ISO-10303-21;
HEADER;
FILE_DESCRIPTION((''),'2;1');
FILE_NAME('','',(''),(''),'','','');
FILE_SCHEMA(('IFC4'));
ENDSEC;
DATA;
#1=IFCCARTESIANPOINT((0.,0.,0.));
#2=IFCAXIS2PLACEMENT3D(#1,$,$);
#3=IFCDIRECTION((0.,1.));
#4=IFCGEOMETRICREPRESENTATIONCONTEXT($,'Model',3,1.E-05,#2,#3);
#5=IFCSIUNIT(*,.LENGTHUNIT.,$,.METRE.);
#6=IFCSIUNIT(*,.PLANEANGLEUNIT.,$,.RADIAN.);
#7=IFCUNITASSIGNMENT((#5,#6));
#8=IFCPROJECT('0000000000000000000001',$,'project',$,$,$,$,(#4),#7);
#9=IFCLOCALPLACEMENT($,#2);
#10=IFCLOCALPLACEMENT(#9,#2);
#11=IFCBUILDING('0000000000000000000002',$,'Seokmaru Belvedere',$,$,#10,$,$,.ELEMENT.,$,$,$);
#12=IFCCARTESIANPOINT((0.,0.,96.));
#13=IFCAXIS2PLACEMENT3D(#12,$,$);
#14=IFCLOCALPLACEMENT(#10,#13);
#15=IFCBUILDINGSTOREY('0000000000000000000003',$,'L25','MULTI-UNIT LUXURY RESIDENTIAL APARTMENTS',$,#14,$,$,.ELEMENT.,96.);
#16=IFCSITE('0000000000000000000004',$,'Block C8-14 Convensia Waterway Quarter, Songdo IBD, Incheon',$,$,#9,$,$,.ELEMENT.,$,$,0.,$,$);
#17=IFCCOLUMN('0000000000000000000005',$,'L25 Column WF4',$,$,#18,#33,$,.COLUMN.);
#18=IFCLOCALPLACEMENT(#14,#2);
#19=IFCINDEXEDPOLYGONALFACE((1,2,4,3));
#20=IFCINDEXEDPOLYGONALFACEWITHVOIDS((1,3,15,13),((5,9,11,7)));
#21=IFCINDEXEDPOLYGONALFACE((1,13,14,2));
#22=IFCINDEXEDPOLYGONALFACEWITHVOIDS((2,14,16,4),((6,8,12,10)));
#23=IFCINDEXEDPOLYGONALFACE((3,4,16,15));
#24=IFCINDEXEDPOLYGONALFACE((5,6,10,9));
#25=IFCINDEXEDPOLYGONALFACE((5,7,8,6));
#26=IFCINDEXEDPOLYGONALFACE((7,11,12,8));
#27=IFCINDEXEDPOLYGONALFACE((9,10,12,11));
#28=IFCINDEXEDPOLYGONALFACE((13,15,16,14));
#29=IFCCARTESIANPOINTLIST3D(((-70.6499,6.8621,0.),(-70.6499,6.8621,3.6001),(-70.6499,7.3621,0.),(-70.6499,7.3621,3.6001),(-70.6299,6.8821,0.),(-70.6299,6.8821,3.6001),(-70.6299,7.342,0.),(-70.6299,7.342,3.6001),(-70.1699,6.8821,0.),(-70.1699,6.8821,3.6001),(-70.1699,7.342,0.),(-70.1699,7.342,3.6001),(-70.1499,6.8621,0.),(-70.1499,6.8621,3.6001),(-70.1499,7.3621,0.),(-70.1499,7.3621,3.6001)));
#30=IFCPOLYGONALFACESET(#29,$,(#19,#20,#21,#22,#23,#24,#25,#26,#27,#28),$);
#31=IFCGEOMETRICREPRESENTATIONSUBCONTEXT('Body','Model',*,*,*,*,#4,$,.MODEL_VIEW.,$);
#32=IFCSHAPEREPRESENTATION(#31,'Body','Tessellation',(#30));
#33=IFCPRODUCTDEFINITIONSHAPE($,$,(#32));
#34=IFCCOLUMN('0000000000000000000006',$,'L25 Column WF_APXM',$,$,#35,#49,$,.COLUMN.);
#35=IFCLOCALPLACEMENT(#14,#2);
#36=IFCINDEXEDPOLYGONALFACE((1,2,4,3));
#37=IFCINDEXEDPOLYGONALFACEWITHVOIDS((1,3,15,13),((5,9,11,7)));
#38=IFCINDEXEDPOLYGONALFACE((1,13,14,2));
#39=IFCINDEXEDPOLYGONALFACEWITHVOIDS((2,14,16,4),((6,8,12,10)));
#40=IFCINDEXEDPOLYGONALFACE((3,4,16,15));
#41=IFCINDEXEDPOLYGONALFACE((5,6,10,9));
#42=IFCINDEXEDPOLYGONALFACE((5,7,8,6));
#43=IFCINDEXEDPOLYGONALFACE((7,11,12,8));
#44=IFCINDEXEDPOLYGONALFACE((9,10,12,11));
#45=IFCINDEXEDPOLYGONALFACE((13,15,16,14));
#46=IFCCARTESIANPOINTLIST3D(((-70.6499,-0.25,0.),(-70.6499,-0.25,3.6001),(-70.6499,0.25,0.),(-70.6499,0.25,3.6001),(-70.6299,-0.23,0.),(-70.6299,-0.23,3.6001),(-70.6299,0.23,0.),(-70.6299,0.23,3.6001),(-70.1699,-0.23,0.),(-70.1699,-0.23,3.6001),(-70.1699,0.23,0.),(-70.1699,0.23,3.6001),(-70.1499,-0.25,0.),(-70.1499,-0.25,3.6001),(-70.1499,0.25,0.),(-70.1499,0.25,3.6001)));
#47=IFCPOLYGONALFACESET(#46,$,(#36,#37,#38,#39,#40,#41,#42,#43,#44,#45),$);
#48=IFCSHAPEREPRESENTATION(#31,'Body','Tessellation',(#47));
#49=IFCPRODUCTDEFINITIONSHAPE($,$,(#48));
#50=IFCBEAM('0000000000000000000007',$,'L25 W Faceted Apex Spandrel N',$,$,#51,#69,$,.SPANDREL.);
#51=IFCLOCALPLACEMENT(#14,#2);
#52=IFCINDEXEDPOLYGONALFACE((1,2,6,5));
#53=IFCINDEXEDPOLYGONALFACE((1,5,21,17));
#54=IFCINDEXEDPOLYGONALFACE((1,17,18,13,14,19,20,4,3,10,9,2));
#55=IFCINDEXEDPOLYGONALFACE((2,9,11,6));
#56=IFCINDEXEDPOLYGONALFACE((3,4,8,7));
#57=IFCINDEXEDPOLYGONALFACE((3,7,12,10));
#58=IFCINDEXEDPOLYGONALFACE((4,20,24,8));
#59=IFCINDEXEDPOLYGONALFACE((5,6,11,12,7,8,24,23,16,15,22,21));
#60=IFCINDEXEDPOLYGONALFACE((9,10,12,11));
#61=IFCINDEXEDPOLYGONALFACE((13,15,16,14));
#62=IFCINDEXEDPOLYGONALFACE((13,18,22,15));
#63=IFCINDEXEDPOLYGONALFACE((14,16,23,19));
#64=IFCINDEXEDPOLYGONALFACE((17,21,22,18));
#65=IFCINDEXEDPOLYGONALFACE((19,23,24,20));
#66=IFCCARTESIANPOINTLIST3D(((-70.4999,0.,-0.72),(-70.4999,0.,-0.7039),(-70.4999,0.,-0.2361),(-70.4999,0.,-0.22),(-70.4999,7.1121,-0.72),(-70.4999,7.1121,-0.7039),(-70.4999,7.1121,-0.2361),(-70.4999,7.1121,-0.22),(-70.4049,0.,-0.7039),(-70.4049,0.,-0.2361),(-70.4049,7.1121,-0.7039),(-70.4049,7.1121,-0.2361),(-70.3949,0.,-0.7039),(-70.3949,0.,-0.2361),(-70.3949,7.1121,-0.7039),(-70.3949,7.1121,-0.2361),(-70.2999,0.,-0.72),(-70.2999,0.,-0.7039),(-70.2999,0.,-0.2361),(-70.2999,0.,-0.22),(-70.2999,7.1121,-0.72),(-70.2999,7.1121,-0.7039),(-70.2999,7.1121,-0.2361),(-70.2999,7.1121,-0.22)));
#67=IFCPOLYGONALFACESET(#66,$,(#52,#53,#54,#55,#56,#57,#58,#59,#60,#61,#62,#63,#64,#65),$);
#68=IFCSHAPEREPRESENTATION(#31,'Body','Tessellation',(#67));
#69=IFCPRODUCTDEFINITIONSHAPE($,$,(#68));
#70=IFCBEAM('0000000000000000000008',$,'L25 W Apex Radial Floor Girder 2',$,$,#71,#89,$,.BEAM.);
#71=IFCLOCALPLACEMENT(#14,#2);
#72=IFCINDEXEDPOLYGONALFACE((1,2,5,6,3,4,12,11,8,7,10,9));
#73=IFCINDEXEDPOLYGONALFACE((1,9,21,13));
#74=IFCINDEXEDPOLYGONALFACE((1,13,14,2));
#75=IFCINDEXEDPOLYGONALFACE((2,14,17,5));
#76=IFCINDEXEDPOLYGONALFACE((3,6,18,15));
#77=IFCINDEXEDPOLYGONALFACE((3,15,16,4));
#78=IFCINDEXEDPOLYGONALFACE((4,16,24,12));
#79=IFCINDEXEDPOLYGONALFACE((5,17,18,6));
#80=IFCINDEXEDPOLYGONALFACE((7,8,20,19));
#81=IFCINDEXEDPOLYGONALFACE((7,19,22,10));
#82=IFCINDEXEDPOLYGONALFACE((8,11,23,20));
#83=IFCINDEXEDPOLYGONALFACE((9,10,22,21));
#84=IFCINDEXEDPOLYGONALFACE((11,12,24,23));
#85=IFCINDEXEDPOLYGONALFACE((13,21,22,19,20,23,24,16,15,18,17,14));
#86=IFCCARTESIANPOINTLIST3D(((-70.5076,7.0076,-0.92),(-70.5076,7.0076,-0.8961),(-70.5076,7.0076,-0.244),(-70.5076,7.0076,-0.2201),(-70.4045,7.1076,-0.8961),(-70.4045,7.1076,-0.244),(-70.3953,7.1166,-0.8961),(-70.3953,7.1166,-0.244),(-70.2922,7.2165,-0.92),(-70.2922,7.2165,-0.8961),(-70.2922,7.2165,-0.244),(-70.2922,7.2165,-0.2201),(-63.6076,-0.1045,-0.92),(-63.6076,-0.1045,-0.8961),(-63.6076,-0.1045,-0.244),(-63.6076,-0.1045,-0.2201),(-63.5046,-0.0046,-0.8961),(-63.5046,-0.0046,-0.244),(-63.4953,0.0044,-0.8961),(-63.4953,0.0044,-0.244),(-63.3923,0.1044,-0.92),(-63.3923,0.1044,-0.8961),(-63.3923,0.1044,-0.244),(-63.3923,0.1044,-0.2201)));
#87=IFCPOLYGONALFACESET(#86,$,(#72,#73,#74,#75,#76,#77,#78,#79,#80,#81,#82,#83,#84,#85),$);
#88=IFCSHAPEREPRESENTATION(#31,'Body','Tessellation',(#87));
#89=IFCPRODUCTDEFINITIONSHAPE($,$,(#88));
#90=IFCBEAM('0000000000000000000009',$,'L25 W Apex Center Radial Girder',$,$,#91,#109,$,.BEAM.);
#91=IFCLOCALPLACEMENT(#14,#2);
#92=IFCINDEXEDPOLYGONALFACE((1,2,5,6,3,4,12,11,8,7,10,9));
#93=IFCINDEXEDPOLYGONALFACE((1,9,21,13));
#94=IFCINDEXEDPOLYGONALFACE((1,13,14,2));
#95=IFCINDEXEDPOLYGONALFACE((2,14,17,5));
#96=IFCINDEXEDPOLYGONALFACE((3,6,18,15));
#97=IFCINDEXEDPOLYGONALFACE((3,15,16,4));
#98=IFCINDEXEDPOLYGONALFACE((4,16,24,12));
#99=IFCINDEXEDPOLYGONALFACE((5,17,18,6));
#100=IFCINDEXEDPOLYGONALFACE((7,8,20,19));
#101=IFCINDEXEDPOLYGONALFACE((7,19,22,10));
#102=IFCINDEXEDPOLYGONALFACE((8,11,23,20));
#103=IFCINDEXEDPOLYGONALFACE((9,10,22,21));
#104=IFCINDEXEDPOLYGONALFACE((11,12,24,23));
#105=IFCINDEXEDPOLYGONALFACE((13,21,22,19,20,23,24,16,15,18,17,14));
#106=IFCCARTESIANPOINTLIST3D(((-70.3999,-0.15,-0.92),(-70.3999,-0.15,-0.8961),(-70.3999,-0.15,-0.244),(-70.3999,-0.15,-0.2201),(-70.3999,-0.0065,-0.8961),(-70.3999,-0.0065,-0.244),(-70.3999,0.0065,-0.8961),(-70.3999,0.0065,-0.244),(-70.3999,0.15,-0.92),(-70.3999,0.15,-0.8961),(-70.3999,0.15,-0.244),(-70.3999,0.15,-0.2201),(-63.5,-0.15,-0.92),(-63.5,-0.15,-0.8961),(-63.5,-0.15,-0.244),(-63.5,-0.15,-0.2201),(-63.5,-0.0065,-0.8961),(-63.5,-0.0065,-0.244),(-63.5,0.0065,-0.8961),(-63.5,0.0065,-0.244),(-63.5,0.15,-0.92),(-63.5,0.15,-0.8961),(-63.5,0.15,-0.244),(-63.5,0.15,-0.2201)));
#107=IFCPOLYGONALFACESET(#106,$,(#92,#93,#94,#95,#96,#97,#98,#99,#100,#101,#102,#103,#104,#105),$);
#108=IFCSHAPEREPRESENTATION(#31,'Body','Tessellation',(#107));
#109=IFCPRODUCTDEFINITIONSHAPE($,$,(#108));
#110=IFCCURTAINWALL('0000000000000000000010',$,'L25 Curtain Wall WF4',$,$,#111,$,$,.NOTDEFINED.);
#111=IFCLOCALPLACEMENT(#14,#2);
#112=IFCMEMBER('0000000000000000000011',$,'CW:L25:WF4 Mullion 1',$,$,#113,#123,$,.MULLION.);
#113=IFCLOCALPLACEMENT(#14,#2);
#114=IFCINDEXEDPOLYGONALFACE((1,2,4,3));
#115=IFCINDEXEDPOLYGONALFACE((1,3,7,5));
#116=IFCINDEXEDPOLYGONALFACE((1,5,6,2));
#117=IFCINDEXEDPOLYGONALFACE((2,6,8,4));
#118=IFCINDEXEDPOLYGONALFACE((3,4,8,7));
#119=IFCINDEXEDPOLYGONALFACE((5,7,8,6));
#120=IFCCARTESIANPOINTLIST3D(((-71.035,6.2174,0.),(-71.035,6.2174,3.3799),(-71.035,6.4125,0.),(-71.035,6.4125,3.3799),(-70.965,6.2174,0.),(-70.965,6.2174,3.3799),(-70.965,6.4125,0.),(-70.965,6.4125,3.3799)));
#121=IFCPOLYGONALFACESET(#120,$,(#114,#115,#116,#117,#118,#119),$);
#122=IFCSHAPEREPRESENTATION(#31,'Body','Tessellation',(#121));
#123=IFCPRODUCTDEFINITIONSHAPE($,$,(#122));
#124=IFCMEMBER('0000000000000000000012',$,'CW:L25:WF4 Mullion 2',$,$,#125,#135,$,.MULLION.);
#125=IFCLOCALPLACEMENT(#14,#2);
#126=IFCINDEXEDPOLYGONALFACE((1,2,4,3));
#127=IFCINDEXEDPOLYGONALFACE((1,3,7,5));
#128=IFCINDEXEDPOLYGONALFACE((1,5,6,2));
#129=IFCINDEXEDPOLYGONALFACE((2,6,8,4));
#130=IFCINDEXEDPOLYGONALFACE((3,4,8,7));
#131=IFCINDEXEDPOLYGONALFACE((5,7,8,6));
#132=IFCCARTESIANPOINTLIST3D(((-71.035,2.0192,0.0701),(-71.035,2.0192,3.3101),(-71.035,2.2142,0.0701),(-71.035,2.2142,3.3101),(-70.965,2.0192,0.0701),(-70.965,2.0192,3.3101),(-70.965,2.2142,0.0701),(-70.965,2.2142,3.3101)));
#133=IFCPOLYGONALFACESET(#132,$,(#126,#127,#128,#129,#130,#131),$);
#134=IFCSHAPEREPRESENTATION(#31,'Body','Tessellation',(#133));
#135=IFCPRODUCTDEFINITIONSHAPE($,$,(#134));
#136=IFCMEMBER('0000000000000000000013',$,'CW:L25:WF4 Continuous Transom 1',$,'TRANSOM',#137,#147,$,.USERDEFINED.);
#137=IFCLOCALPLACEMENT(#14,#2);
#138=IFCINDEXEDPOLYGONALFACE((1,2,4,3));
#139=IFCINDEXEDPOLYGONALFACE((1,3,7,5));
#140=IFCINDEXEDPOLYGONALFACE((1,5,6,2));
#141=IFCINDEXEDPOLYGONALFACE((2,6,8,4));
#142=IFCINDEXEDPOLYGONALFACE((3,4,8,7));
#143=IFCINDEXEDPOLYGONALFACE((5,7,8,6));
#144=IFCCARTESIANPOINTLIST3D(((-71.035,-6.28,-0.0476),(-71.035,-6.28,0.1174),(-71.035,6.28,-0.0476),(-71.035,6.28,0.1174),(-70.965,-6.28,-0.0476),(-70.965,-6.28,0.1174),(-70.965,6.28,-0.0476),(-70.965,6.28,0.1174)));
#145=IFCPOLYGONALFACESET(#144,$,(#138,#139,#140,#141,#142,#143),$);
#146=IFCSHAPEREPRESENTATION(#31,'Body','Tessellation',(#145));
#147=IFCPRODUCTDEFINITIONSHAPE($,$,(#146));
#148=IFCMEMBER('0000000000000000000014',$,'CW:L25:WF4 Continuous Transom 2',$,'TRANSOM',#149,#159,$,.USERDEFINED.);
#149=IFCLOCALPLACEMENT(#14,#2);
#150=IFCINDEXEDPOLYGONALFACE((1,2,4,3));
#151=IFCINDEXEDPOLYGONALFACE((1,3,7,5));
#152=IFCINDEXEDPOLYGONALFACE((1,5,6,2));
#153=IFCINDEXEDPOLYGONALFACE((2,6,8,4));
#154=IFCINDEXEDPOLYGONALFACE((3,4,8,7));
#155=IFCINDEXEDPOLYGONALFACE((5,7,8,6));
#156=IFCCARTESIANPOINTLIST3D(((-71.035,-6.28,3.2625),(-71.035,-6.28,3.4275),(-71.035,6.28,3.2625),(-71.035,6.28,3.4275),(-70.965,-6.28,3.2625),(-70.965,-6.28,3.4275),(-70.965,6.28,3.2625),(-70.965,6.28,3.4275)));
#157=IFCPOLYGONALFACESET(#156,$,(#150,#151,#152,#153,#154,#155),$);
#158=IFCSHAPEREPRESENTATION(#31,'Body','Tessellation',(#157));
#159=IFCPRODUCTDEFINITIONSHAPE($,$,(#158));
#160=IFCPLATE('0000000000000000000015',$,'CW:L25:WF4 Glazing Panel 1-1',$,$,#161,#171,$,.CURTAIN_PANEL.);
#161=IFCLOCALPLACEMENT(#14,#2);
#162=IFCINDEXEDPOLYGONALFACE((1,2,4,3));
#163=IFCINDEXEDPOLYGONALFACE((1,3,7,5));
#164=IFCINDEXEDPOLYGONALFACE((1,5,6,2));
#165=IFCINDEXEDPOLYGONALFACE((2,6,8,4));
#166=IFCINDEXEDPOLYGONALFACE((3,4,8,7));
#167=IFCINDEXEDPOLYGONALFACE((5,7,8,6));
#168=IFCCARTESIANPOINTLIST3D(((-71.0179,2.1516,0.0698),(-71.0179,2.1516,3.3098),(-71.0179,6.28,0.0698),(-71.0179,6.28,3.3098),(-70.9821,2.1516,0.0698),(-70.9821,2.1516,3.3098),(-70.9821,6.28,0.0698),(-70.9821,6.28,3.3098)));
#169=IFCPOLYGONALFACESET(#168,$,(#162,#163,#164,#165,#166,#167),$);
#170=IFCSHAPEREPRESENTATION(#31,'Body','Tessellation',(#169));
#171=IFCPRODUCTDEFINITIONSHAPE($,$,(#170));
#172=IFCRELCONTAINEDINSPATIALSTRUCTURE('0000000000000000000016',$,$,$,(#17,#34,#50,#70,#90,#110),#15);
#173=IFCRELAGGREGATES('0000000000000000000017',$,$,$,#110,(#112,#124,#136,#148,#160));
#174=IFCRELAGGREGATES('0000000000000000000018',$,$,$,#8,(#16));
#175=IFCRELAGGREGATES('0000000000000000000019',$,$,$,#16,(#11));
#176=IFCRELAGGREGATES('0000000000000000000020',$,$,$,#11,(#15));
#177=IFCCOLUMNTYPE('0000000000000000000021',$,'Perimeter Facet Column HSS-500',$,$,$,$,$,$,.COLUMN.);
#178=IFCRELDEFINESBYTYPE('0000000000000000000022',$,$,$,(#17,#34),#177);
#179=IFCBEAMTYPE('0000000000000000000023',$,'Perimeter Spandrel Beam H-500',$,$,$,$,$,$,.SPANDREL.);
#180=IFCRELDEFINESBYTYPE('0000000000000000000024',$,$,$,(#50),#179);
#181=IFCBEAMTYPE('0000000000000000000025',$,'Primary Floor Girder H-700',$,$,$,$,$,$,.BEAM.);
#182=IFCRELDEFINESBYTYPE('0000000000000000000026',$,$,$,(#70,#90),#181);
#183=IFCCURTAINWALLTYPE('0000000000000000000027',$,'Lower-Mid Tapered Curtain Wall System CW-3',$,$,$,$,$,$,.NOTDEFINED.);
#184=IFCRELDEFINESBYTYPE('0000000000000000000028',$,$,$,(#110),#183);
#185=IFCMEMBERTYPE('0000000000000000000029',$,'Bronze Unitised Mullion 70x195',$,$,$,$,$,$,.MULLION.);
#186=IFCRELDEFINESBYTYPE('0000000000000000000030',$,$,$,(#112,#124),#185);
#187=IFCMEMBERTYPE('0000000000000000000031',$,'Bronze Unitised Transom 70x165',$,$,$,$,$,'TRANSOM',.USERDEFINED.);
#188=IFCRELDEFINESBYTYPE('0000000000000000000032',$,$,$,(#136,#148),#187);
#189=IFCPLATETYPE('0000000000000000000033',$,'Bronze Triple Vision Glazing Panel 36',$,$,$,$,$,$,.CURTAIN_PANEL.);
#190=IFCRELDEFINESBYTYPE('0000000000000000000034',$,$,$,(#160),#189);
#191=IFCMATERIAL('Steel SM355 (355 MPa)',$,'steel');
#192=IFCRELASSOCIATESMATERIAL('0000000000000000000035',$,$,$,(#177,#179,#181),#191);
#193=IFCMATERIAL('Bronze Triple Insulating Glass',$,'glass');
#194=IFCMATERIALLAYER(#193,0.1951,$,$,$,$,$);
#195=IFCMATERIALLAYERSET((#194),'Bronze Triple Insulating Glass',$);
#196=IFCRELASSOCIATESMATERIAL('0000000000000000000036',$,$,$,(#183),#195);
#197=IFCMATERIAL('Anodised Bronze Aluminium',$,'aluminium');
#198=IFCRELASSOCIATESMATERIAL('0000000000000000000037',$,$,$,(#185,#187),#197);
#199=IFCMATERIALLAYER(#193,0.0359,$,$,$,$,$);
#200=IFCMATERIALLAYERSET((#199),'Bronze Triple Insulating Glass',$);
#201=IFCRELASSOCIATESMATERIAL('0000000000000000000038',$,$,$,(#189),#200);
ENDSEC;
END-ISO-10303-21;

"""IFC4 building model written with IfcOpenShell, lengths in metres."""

from ifc_helpers import new_model, si_unit, direction, frame, origin, origin_2d, place, context, subcontext, project, spatial, rectangle, hollow_rectangle, i_section, extrude, source, transform, mapped, material, layer, layer_set, material_profile, profile_set, type_object, type_shapes, element, aggregate, save


model = new_model("IFC4")

# Units and contexts
model_context = context("Model", 3, precision=1e-05, world=origin(), true_north=direction((0.0, 1.0)))
body_context = subcontext(model_context, "Body", "Model", "MODEL_VIEW")
ifc_project = project(units=[si_unit("LENGTHUNIT", "METRE"), si_unit("PLANEANGLEUNIT", "RADIAN")], contexts=[model_context])

# Site, building, storey
site_placement = place(None, origin())
site = spatial("IfcSite", under=ifc_project, at=site_placement, Name="Block C8-14 Convensia Waterway Quarter, Songdo IBD, Incheon", CompositionType="ELEMENT", RefElevation=0.0)
building_placement = place(site_placement, origin())
building = spatial("IfcBuilding", under=site, at=building_placement, Name="Seokmaru Belvedere", CompositionType="ELEMENT")
storey_placement = place(building_placement, frame((0.0, 0.0, 96.0)))
storey = spatial("IfcBuildingStorey", under=building, at=storey_placement, Name="L25", Description="MULTI-UNIT LUXURY RESIDENTIAL APARTMENTS", CompositionType="ELEMENT", Elevation=96.0)

# Columns
ifc_material_1 = material(Name="Steel SM355 (355 MPa)", Category="steel")
ifc_material_profile_1 = material_profile(ifc_material_1, hollow_rectangle(XDim=0.5, YDim=0.5, WallThickness=0.02, at=origin_2d()), Name="HSS-500x500x20")
ifc_profile_set_1 = profile_set([ifc_material_profile_1], Name="Steel SM355 (355 MPa)")
column_type = type_object("IfcColumnType", Name="Perimeter Facet Column HSS-500", PredefinedType="COLUMN", material=ifc_profile_set_1)
shared_shape_1 = source(origin(), body_context, "Body", "SweptSolid", [
    extrude(hollow_rectangle(XDim=0.5, YDim=0.5, WallThickness=0.02, at=origin_2d()), origin(), (0.0, 0.0, 1.0), 3.6001),
])
type_shapes(column_type, [shared_shape_1])
for number, where, z_axis, x_axis, name in (
    (1, (-70.3999, 7.1121, 0.0), (0.0, 0.0, 1.0), (1.0, 0.0, 0.0), "L25 Column WF4"),
    (2, (-70.3999, 0.0, 0.0), (0.0, 0.0, 1.0), (1.0, 0.0, 0.0), "L25 Column WF_APXM"),
):
    element("IfcColumn", number, at=place(storey_placement, frame(where, z_axis=z_axis, x_axis=x_axis)), inside=storey, type_object=column_type, Name=name, PredefinedType="COLUMN", context=body_context, shape_type="MappedRepresentation", body=[
        mapped(shared_shape_1, transform((0.0, 0.0, 0.0), scale=1.0)),
    ])

# Beams
ifc_material_profile_2 = material_profile(ifc_material_1, i_section(OverallWidth=0.2, OverallDepth=0.5, WebThickness=0.01, FlangeThickness=0.0161, at=origin_2d()), Name="H-500x200x10x16")
ifc_profile_set_2 = profile_set([ifc_material_profile_2], Name="Steel SM355 (355 MPa)")
beam_type_1 = type_object("IfcBeamType", Name="Perimeter Spandrel Beam H-500", PredefinedType="SPANDREL", material=ifc_profile_set_2)
shared_shape_2 = source(origin(), body_context, "Body", "SweptSolid", [
    extrude(i_section(OverallWidth=0.2, OverallDepth=0.5, WebThickness=0.01, FlangeThickness=0.0161, at=origin_2d()), origin(), (0.0, 0.0, 1.0), 7.1121),
])
type_shapes(beam_type_1, [shared_shape_2])
beam_1_placement = place(storey_placement, frame((-70.3999, 0.0, -0.47), z_axis=(0.0, 1.0, 0.0), x_axis=(-1.0, 0.0, 0.0)))
element("IfcBeam", 3, at=beam_1_placement, inside=storey, type_object=beam_type_1, Name="L25 W Faceted Apex Spandrel N", PredefinedType="SPANDREL", context=body_context, shape_type="MappedRepresentation", body=[
    mapped(shared_shape_2, transform((0.0, 0.0, 0.0), scale=1.0)),
])
ifc_material_profile_3 = material_profile(ifc_material_1, i_section(OverallWidth=0.3, OverallDepth=0.7, WebThickness=0.0129, FlangeThickness=0.0239, at=origin_2d()), Name="H-700x300x13x24")
ifc_profile_set_3 = profile_set([ifc_material_profile_3], Name="Steel SM355 (355 MPa)")
beam_type_2 = type_object("IfcBeamType", Name="Primary Floor Girder H-700", PredefinedType="BEAM", material=ifc_profile_set_3)
shared_shape_3 = source(origin(), body_context, "Body", "SweptSolid", [
    extrude(i_section(OverallWidth=0.3, OverallDepth=0.7, WebThickness=0.0129, FlangeThickness=0.0239, at=origin_2d()), origin(), (0.0, 0.0, 1.0), 9.9092),
])
beam_2_placement = place(storey_placement, frame((-70.3999, 7.1121, -0.5701), z_axis=(0.696321, -0.717731, 0.0), x_axis=(0.717731, 0.696321, 0.0)))
element("IfcBeam", 4, at=beam_2_placement, inside=storey, type_object=beam_type_2, Name="L25 W Apex Radial Floor Girder 2", PredefinedType="BEAM", context=body_context, shape_type="MappedRepresentation", body=[
    mapped(shared_shape_3, transform((0.0, 0.0, 0.0), scale=1.0)),
])
shared_shape_4 = source(origin(), body_context, "Body", "SweptSolid", [
    extrude(i_section(OverallWidth=0.3, OverallDepth=0.7, WebThickness=0.0129, FlangeThickness=0.0239, at=origin_2d()), origin(), (0.0, 0.0, 1.0), 6.8999),
])
type_shapes(beam_type_2, [shared_shape_3, shared_shape_4])
beam_3_placement = place(storey_placement, frame((-70.3999, 0.0, -0.5701), z_axis=(1.0, 0.0, 0.0), x_axis=(0.0, 1.0, 0.0)))
element("IfcBeam", 5, at=beam_3_placement, inside=storey, type_object=beam_type_2, Name="L25 W Apex Center Radial Girder", PredefinedType="BEAM", context=body_context, shape_type="MappedRepresentation", body=[
    mapped(shared_shape_4, transform((0.0, 0.0, 0.0), scale=1.0)),
])

# Curtain wall, members, plate
ifc_material_2 = material(Name="Bronze Triple Insulating Glass", Category="glass")
ifc_layer_1 = layer(ifc_material_2, 0.1951)
ifc_layer_set_1 = layer_set([ifc_layer_1], Name="Bronze Triple Insulating Glass")
curtain_wall_type = type_object("IfcCurtainWallType", Name="Lower-Mid Tapered Curtain Wall System CW-3", PredefinedType="NOTDEFINED", material=ifc_layer_set_1)
curtain_wall_placement = place(storey_placement, origin())
curtain_wall = element("IfcCurtainWall", 6, at=curtain_wall_placement, inside=storey, type_object=curtain_wall_type, Name="L25 Curtain Wall WF4", PredefinedType="NOTDEFINED")
ifc_material_3 = material(Name="Anodised Bronze Aluminium", Category="aluminium")
ifc_material_profile_4 = material_profile(ifc_material_3, rectangle(XDim=0.0701, YDim=0.1951, at=origin_2d()), Name="CW-M-70x195")
ifc_profile_set_4 = profile_set([ifc_material_profile_4], Name="Anodised Bronze Aluminium")
member_type_1 = type_object("IfcMemberType", Name="Bronze Unitised Mullion 70x195", PredefinedType="MULLION", material=ifc_profile_set_4)
shared_shape_5 = source(origin(), body_context, "Body", "SweptSolid", [
    extrude(rectangle(XDim=0.0701, YDim=0.1951, at=origin_2d()), origin(), (0.0, 0.0, 1.0), 3.3799),
])
member_1_placement = place(storey_placement, frame((-71.0, 6.3149, 0.0), z_axis=(0.0, 0.0, 1.0), x_axis=(1.0, 0.0, 0.0)))
member_1 = element("IfcMember", 7, at=member_1_placement, type_object=member_type_1, Name="CW:L25:WF4 Mullion 1", PredefinedType="MULLION", context=body_context, shape_type="MappedRepresentation", body=[
    mapped(shared_shape_5, transform((0.0, 0.0, 0.0), scale=1.0)),
])
shared_shape_6 = source(origin(), body_context, "Body", "SweptSolid", [
    extrude(rectangle(XDim=0.0701, YDim=0.1951, at=origin_2d()), origin(), (0.0, 0.0, 1.0), 3.24),
])
type_shapes(member_type_1, [shared_shape_5, shared_shape_6])
member_2_placement = place(storey_placement, frame((-71.0, 2.1167, 0.0701), z_axis=(0.0, 0.0, 1.0), x_axis=(1.0, 0.0, 0.0)))
member_2 = element("IfcMember", 8, at=member_2_placement, type_object=member_type_1, Name="CW:L25:WF4 Mullion 2", PredefinedType="MULLION", context=body_context, shape_type="MappedRepresentation", body=[
    mapped(shared_shape_6, transform((0.0, 0.0, 0.0), scale=1.0)),
])
ifc_material_profile_5 = material_profile(ifc_material_3, rectangle(XDim=0.0701, YDim=0.165, at=origin_2d()), Name="CW-T-70x165")
ifc_profile_set_5 = profile_set([ifc_material_profile_5], Name="Anodised Bronze Aluminium")
member_type_2 = type_object("IfcMemberType", Name="Bronze Unitised Transom 70x165", ElementType="TRANSOM", PredefinedType="USERDEFINED", material=ifc_profile_set_5)
shared_shape_7 = source(origin(), body_context, "Body", "SweptSolid", [
    extrude(rectangle(XDim=0.0701, YDim=0.165, at=origin_2d()), origin(), (0.0, 0.0, 1.0), 12.5601),
])
type_shapes(member_type_2, [shared_shape_7])
member_3_placement = place(storey_placement, frame((-71.0, 6.28, 0.0349), z_axis=(0.0, -1.0, 0.0), x_axis=(1.0, 0.0, 0.0)))
member_3 = element("IfcMember", 9, at=member_3_placement, type_object=member_type_2, Name="CW:L25:WF4 Continuous Transom 1", ObjectType="TRANSOM", PredefinedType="USERDEFINED", context=body_context, shape_type="MappedRepresentation", body=[
    mapped(shared_shape_7, transform((0.0, 0.0, 0.0), scale=1.0)),
])
member_4_placement = place(storey_placement, frame((-71.0, 6.28, 3.345), z_axis=(0.0, -1.0, 0.0), x_axis=(1.0, 0.0, 0.0)))
member_4 = element("IfcMember", 10, at=member_4_placement, type_object=member_type_2, Name="CW:L25:WF4 Continuous Transom 2", ObjectType="TRANSOM", PredefinedType="USERDEFINED", context=body_context, shape_type="MappedRepresentation", body=[
    mapped(shared_shape_7, transform((0.0, 0.0, 0.0), scale=1.0)),
])
ifc_layer_2 = layer(ifc_material_2, 0.0359)
ifc_layer_set_2 = layer_set([ifc_layer_2], Name="Bronze Triple Insulating Glass")
plate_type = type_object("IfcPlateType", Name="Bronze Triple Vision Glazing Panel 36", PredefinedType="CURTAIN_PANEL", material=ifc_layer_set_2)
shared_shape_8 = source(origin(), body_context, "Body", "SweptSolid", [
    extrude(rectangle(XDim=4.1284, YDim=0.0359, at=origin_2d()), origin(), (0.0, 0.0, 1.0), 3.24),
])
plate_1_placement = place(storey_placement, frame((-71.0, 4.2158, 0.0698), z_axis=(0.0, 0.0, 1.0), x_axis=(0.0, -1.0, 0.0)))
plate_1 = element("IfcPlate", 11, at=plate_1_placement, type_object=plate_type, Name="CW:L25:WF4 Glazing Panel 1-1", PredefinedType="CURTAIN_PANEL", context=body_context, shape_type="MappedRepresentation", body=[
    mapped(shared_shape_8, transform((0.0, 0.0, 0.0), scale=1.0)),
])
aggregate(curtain_wall, [member_1, member_2, member_3, member_4, plate_1])

save(model, "model.ifc")
